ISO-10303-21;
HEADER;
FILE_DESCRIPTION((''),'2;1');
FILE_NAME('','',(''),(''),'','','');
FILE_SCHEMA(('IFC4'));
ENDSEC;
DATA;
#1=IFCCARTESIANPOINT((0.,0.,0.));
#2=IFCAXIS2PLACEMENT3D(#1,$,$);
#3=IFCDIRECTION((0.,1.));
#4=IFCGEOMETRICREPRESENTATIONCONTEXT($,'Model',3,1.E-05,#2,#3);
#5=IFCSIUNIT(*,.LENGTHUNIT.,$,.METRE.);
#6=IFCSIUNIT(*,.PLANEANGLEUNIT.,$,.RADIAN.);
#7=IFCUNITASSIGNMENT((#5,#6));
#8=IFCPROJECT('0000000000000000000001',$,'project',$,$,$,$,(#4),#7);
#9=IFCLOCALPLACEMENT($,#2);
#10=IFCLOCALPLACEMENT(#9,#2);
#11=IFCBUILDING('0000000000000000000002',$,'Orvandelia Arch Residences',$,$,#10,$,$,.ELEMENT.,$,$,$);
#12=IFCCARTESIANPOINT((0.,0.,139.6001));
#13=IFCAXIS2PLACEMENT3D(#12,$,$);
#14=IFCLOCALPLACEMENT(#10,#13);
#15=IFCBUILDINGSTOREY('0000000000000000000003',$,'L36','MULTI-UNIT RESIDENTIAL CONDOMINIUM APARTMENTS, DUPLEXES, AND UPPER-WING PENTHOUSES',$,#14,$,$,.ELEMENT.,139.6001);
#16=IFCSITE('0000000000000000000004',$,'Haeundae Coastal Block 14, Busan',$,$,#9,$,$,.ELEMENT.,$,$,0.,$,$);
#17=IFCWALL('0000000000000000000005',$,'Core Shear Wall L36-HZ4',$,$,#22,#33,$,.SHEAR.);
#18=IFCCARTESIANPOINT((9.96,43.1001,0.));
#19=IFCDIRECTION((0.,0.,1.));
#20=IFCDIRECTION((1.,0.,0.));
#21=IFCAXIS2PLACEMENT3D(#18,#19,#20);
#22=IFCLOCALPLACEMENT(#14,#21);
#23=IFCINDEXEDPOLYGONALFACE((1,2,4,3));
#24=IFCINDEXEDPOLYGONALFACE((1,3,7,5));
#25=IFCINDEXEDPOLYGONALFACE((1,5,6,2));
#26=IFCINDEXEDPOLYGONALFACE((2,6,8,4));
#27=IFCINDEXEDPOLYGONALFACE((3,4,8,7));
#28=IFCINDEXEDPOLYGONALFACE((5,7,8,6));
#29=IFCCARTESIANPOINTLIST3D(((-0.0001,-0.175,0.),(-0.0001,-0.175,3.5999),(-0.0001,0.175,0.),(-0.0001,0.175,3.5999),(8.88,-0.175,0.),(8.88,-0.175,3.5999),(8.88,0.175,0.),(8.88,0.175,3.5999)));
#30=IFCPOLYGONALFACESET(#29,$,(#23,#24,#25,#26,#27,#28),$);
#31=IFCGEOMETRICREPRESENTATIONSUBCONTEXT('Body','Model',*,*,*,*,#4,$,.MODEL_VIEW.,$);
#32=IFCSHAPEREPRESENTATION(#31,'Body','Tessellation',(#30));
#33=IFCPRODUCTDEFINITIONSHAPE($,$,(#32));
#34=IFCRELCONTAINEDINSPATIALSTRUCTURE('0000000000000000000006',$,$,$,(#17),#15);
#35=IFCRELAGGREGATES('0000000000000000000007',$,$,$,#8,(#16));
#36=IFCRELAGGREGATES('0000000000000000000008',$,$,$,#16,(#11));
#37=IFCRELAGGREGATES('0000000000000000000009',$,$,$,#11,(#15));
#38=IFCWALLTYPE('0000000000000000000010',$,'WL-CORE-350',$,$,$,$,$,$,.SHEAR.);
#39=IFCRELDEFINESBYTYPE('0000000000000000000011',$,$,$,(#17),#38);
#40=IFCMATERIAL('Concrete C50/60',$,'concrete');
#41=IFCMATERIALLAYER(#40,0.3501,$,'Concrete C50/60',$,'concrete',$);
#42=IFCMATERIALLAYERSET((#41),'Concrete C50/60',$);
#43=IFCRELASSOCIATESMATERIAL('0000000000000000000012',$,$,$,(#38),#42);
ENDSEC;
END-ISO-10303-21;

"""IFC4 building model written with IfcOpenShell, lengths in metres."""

from ifc_helpers import new_model, si_unit, direction, frame, frame_2d, origin, place, context, subcontext, project, spatial, rectangle, extrude, material, layer, layer_set, type_object, element, save


model = new_model("IFC4")

# Units and contexts
model_context = context("Model", 3, precision=1e-05, world=origin(), true_north=direction((0.0, 1.0)))
body_context = subcontext(model_context, "Body", "Model", "MODEL_VIEW")
ifc_project = project(units=[si_unit("LENGTHUNIT", "METRE"), si_unit("PLANEANGLEUNIT", "RADIAN")], contexts=[model_context])

# Site, building, storey
site_placement = place(None, origin())
site = spatial("IfcSite", under=ifc_project, at=site_placement, Name="Haeundae Coastal Block 14, Busan", CompositionType="ELEMENT", RefElevation=0.0)
building_placement = place(site_placement, origin())
building = spatial("IfcBuilding", under=site, at=building_placement, Name="Orvandelia Arch Residences", CompositionType="ELEMENT")
storey_placement = place(building_placement, frame((0.0, 0.0, 139.6001)))
storey = spatial("IfcBuildingStorey", under=building, at=storey_placement, Name="L36", Description="MULTI-UNIT RESIDENTIAL CONDOMINIUM APARTMENTS, DUPLEXES, AND UPPER-WING PENTHOUSES", CompositionType="ELEMENT", Elevation=139.6001)

# Wall
ifc_material_1 = material(Name="Concrete C50/60", Category="concrete")
ifc_layer_1 = layer(ifc_material_1, 0.3501, Name="Concrete C50/60", Category="concrete")
ifc_layer_set_1 = layer_set([ifc_layer_1], Name="Concrete C50/60")
wall_type_1 = type_object("IfcWallType", Name="WL-CORE-350", PredefinedType="SHEAR", material=ifc_layer_set_1)
wall_1_placement = place(storey_placement, frame((9.96, 43.1001, 0.0), z_axis=(0.0, 0.0, 1.0), x_axis=(1.0, 0.0, 0.0)))
element("IfcWall", 1, at=wall_1_placement, inside=storey, type_object=wall_type_1, Name="Core Shear Wall L36-HZ4", PredefinedType="SHEAR", context=body_context, shape_type="SweptSolid", body=[
    extrude(rectangle(XDim=8.8801, YDim=0.3501, at=frame_2d((4.4399, 0.0))), origin(), (0.0, 0.0, 1.0), 3.5999),
])

save(model, "model.ifc")
